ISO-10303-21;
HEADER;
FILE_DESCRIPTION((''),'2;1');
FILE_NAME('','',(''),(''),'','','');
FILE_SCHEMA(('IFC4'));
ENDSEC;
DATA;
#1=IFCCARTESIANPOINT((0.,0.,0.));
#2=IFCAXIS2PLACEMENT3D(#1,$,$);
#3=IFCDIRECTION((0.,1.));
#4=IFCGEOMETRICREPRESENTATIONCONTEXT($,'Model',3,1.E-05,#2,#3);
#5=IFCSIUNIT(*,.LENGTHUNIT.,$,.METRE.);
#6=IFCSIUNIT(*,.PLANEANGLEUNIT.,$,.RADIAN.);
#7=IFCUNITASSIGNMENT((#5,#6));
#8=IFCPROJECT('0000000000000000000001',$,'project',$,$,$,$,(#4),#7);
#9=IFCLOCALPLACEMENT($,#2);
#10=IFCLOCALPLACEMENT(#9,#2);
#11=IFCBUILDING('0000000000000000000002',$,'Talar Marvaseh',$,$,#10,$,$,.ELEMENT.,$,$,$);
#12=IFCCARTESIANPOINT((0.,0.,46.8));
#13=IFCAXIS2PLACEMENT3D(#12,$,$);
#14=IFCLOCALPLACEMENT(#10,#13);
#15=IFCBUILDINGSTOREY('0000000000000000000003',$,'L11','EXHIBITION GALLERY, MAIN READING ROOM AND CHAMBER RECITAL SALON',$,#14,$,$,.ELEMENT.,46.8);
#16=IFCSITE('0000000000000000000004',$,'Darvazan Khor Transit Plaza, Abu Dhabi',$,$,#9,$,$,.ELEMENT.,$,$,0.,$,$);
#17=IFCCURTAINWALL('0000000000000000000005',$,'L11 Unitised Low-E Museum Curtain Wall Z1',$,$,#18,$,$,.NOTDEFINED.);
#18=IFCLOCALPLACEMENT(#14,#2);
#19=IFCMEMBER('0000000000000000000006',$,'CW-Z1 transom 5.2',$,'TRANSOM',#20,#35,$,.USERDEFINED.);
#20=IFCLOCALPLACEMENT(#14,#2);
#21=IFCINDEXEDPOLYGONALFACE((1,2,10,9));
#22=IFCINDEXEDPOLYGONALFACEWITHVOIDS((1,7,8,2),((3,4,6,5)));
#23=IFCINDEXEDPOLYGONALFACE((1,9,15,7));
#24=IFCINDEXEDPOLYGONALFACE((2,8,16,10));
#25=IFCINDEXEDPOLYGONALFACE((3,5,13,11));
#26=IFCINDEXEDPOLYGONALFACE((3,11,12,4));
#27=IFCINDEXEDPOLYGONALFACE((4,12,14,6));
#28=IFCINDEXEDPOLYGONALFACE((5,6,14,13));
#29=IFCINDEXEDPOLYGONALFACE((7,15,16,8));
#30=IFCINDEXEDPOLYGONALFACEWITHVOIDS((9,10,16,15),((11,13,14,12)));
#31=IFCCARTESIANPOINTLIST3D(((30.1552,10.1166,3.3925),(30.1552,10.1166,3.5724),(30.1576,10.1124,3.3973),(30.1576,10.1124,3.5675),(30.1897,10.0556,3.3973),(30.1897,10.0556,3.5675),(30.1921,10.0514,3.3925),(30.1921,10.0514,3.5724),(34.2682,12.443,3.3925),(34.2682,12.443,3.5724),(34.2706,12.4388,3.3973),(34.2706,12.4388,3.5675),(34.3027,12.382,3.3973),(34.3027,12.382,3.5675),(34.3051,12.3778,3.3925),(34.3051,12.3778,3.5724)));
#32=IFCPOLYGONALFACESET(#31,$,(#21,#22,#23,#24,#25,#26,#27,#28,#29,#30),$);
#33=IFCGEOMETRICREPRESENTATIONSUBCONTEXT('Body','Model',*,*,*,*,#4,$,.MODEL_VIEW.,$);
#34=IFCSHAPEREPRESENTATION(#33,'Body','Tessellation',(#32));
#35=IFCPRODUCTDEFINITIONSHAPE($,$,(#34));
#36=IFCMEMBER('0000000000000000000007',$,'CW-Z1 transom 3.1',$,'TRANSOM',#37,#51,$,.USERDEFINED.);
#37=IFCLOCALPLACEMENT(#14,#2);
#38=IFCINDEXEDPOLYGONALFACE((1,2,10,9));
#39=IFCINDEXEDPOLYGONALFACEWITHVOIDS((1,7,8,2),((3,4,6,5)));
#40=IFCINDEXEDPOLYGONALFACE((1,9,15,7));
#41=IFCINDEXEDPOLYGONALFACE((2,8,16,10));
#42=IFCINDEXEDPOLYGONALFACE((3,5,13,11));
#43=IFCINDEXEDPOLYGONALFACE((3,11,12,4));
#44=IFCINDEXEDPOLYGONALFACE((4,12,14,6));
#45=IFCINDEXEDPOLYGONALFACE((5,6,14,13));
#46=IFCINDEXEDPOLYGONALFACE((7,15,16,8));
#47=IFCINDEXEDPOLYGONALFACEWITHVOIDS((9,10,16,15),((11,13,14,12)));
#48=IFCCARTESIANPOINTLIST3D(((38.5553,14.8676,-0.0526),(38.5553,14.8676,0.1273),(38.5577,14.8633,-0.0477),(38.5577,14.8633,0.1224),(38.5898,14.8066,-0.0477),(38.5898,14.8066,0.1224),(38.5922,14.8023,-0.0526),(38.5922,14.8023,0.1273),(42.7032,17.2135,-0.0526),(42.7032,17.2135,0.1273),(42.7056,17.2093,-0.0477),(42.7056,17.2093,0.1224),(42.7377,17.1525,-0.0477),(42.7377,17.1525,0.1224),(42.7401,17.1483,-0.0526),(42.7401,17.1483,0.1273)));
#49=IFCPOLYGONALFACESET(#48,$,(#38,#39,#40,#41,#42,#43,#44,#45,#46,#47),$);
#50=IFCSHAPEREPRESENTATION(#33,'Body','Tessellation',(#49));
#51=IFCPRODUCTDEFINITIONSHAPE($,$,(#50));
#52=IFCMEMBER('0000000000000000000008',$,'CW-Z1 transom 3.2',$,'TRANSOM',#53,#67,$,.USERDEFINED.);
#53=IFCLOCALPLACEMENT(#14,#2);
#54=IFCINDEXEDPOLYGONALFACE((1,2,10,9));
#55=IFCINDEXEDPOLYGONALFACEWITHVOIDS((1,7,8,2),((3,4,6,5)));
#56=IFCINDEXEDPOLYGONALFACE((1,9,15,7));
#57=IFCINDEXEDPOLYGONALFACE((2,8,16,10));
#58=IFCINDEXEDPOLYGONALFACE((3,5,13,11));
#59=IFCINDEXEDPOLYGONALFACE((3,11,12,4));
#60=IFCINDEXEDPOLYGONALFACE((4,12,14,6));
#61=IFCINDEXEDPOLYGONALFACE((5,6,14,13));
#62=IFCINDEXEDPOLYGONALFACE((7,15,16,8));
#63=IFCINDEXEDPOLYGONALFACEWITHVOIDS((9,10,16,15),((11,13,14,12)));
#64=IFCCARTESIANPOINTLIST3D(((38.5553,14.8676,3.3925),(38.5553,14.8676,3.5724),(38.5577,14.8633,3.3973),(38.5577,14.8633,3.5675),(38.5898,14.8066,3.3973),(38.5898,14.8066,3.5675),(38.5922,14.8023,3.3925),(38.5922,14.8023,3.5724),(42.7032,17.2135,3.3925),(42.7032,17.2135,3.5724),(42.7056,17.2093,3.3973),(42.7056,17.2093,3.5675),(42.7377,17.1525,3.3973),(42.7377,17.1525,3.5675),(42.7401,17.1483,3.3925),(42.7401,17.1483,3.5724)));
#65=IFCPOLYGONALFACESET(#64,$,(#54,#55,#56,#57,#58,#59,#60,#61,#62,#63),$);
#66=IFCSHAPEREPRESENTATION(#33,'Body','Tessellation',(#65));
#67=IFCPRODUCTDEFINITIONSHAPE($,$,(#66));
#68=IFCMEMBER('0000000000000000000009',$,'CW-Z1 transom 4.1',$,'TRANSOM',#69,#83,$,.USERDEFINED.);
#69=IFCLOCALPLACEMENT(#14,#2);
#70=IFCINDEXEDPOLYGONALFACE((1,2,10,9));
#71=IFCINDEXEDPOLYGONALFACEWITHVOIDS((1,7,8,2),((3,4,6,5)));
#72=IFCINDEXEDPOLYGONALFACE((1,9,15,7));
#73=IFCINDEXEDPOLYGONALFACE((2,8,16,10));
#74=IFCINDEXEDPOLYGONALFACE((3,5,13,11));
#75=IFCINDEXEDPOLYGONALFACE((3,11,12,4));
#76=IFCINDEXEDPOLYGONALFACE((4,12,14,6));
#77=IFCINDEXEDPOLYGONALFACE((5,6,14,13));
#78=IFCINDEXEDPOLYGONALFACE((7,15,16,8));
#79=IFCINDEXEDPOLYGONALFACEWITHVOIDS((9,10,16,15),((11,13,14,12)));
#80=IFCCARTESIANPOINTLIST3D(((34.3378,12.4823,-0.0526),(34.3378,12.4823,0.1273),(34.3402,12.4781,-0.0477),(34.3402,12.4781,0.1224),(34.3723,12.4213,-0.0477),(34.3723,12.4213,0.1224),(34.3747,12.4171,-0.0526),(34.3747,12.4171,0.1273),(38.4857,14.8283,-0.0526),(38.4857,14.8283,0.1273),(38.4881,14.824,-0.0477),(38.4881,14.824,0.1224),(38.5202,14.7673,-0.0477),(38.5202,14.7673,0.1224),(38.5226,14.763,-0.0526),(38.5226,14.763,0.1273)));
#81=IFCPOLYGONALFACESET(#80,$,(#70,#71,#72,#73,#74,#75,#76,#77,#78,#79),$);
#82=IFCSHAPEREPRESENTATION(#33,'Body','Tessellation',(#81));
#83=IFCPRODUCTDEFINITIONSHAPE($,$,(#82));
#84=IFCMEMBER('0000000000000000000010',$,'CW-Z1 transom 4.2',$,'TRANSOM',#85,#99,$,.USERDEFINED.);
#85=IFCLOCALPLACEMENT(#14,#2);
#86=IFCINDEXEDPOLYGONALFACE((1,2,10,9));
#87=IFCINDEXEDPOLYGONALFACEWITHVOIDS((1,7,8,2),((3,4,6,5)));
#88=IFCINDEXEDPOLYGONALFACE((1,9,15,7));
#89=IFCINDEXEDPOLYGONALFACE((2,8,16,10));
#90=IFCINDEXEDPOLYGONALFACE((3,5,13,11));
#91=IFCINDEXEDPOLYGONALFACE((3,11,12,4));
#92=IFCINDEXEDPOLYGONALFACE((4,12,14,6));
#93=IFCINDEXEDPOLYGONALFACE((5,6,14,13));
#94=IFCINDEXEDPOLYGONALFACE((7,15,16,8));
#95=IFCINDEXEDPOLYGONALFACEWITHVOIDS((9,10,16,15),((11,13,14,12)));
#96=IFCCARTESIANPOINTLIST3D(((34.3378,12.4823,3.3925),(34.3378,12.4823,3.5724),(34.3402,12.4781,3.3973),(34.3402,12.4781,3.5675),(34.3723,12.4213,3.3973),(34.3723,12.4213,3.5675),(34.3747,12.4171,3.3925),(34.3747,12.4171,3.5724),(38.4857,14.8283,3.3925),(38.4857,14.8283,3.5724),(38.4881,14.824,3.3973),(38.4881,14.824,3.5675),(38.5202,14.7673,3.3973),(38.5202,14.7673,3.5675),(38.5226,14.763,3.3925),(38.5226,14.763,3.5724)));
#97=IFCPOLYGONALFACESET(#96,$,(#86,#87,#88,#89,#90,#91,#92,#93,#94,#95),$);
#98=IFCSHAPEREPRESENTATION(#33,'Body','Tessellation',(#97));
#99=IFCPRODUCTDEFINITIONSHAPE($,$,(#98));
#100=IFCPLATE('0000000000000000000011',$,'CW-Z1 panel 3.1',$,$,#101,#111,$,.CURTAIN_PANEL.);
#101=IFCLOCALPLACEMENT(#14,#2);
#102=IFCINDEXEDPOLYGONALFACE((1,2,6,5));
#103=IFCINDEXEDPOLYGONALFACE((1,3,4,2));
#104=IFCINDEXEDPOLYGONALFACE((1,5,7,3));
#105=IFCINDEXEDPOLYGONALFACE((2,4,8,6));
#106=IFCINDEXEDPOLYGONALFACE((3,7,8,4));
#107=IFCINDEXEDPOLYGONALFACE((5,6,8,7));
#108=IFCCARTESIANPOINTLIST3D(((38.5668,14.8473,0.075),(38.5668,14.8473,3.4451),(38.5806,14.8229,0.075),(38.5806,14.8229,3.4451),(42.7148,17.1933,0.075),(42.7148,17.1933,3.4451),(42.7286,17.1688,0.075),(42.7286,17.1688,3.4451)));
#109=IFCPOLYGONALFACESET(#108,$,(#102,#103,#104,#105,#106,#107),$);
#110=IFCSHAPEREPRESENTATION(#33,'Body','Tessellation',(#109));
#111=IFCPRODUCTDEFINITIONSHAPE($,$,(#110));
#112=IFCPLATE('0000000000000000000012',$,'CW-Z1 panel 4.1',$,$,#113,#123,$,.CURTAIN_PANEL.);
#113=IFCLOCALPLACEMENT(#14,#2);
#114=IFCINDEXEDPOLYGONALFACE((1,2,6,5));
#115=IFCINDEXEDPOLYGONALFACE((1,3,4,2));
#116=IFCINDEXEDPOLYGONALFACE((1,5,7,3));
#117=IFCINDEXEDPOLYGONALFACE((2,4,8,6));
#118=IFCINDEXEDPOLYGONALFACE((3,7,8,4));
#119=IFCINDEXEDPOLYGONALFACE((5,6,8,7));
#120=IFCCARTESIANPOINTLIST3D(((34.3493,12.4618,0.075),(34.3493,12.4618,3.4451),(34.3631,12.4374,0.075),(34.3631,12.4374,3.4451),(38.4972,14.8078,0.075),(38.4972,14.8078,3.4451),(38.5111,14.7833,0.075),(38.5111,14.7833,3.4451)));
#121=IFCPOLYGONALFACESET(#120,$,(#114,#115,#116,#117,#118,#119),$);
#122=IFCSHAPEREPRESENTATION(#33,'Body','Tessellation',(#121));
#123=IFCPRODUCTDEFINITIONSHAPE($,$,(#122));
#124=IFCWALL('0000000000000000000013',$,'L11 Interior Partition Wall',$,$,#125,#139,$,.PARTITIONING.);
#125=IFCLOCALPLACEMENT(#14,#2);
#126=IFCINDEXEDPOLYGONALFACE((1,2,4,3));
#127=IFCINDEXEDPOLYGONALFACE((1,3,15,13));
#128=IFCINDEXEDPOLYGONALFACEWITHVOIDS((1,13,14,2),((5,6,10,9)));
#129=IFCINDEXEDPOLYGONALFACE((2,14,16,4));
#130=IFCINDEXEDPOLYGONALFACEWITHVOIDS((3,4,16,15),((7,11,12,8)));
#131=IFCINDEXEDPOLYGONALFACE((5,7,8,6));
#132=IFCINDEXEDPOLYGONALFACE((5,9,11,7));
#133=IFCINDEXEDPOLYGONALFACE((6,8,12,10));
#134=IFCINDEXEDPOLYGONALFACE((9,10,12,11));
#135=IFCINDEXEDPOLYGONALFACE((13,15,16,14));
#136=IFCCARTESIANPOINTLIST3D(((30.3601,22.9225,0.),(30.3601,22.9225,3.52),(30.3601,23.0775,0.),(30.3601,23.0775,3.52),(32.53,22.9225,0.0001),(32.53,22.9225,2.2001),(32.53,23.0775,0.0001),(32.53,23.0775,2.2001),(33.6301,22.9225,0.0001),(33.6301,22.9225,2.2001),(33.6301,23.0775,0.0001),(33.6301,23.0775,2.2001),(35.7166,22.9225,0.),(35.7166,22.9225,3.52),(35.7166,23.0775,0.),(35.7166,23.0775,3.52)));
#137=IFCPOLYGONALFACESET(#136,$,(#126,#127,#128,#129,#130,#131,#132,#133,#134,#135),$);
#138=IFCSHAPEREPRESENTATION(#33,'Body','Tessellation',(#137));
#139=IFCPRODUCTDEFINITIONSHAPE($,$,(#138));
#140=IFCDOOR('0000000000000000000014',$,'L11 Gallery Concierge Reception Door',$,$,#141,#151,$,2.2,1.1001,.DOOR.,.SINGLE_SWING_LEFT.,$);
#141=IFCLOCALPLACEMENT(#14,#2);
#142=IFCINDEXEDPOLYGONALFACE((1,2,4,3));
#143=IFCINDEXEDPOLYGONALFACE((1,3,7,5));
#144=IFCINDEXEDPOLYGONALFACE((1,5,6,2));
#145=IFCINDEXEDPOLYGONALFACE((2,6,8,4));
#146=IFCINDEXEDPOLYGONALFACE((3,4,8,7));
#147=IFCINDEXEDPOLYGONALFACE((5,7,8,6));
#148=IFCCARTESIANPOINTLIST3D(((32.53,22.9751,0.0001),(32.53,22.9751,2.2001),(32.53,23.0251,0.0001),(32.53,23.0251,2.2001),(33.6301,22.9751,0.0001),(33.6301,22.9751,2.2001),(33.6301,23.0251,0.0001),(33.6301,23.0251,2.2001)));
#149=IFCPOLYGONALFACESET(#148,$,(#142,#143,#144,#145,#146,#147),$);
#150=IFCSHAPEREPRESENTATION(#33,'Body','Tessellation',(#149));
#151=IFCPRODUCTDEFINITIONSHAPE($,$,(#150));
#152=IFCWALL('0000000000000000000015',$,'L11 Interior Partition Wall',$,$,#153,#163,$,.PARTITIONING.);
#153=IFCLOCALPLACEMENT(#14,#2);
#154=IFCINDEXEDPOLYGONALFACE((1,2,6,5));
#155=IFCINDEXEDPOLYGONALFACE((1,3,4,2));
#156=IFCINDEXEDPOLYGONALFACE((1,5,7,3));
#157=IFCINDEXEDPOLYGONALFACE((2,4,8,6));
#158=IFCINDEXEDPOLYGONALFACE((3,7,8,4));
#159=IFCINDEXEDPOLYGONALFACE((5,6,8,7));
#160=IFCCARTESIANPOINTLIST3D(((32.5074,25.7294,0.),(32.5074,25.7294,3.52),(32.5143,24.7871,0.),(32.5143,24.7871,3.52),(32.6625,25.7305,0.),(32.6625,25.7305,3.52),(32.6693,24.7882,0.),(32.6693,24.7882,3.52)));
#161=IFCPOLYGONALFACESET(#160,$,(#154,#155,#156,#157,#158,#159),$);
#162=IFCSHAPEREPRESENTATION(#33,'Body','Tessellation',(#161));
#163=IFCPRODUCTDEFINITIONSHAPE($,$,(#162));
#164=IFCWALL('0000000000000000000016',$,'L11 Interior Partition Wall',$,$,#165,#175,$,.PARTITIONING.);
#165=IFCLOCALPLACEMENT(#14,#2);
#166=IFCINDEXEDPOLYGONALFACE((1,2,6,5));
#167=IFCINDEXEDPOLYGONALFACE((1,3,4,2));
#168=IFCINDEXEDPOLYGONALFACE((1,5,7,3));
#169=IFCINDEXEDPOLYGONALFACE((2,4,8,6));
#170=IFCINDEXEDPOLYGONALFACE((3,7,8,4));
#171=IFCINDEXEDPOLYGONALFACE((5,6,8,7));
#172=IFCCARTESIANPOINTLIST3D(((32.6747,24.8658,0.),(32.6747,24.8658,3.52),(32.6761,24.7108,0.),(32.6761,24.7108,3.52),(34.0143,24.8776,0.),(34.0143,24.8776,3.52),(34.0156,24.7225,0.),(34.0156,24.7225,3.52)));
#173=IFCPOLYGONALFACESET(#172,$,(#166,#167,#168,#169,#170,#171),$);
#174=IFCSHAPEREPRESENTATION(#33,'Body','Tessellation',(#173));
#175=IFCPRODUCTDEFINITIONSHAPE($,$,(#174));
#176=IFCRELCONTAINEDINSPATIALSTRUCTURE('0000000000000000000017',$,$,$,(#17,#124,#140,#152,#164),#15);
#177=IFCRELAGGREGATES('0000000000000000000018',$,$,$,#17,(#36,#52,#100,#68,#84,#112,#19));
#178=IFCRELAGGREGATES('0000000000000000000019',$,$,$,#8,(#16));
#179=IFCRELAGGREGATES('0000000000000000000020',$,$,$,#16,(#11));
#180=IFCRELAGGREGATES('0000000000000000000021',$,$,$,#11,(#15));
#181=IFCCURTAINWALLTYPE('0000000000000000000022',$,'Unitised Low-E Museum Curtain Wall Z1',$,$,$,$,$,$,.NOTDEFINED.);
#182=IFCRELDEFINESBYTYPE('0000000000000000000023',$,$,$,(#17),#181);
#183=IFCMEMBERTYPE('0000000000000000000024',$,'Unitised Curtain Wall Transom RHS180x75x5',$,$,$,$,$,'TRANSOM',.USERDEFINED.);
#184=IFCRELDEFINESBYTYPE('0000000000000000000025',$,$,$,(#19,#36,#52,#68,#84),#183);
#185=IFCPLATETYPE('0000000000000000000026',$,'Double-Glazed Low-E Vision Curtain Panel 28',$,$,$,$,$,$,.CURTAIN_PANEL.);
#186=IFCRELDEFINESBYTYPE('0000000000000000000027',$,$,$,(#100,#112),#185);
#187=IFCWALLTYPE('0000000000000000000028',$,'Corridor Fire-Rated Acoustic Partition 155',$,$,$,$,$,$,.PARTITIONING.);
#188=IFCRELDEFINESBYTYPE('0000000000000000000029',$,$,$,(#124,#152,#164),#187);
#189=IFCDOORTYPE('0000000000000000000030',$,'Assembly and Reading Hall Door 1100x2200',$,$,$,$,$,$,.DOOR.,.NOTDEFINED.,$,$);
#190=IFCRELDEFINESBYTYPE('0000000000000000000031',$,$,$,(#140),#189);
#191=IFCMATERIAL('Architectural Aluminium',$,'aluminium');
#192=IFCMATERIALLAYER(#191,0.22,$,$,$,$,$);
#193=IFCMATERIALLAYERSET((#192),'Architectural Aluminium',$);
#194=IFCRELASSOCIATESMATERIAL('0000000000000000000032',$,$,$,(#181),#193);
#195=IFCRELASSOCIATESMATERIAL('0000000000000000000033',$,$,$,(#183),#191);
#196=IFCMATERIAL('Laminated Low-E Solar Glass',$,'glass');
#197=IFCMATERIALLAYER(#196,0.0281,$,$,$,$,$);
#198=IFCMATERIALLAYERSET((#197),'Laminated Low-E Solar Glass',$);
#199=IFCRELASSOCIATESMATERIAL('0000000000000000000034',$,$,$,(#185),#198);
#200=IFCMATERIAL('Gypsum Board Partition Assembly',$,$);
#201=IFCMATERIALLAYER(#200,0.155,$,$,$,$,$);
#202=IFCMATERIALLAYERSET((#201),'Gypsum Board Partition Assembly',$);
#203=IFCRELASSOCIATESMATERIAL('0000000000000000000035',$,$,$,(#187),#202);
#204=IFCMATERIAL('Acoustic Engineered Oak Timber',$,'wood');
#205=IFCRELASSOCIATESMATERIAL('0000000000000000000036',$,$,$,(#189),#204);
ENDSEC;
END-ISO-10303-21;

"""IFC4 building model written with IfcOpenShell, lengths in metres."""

from ifc_helpers import new_model, si_unit, direction, frame, frame_2d, origin, origin_2d, place, context, subcontext, project, spatial, rectangle, hollow_rectangle, extrude, source, transform, mapped, material, layer, layer_set, material_profile, profile_set, type_object, type_shapes, element, fill, aggregate, save


model = new_model("IFC4")

# Units and contexts
model_context = context("Model", 3, precision=1e-05, world=origin(), true_north=direction((0.0, 1.0)))
body_context = subcontext(model_context, "Body", "Model", "MODEL_VIEW")
ifc_project = project(units=[si_unit("LENGTHUNIT", "METRE"), si_unit("PLANEANGLEUNIT", "RADIAN")], contexts=[model_context])

# Site, building, storey
site_placement = place(None, origin())
site = spatial("IfcSite", under=ifc_project, at=site_placement, Name="Darvazan Khor Transit Plaza, Abu Dhabi", CompositionType="ELEMENT", RefElevation=0.0)
building_placement = place(site_placement, origin())
building = spatial("IfcBuilding", under=site, at=building_placement, Name="Talar Marvaseh", CompositionType="ELEMENT")
storey_placement = place(building_placement, frame((0.0, 0.0, 46.8)))
storey = spatial("IfcBuildingStorey", under=building, at=storey_placement, Name="L11", Description="EXHIBITION GALLERY, MAIN READING ROOM AND CHAMBER RECITAL SALON", CompositionType="ELEMENT", Elevation=46.8)

# Curtain wall, members, plates
ifc_material_1 = material(Name="Architectural Aluminium", Category="aluminium")
ifc_layer_1 = layer(ifc_material_1, 0.22)
ifc_layer_set_1 = layer_set([ifc_layer_1], Name="Architectural Aluminium")
curtain_wall_type = type_object("IfcCurtainWallType", Name="Unitised Low-E Museum Curtain Wall Z1", PredefinedType="NOTDEFINED", material=ifc_layer_set_1)
curtain_wall_placement = place(storey_placement, origin())
curtain_wall = element("IfcCurtainWall", 1, at=curtain_wall_placement, inside=storey, type_object=curtain_wall_type, Name="L11 Unitised Low-E Museum Curtain Wall Z1", PredefinedType="NOTDEFINED")
ifc_material_profile_1 = material_profile(ifc_material_1, hollow_rectangle(XDim=0.075, YDim=0.1799, WallThickness=0.0049, at=origin_2d()), Name="RHS180x75x5")
ifc_profile_set_1 = profile_set([ifc_material_profile_1], Name="Architectural Aluminium")
member_type_1 = type_object("IfcMemberType", Name="Unitised Curtain Wall Transom RHS180x75x5", ElementType="TRANSOM", PredefinedType="USERDEFINED", material=ifc_profile_set_1)
shared_shape_1 = source(origin(), body_context, "Body", "SweptSolid", [
    extrude(hollow_rectangle(XDim=0.075, YDim=0.1799, WallThickness=0.0049, at=origin_2d()), origin(), (0.0, 0.0, 1.0), 4.7253),
])
member_1_placement = place(storey_placement, frame((34.2866, 12.4104, 3.4824), z_axis=(-0.870413, -0.492323, 0.0), x_axis=(0.492323, -0.870413, 0.0)))
member_1 = element("IfcMember", 2, at=member_1_placement, type_object=member_type_1, Name="CW-Z1 transom 5.2", ObjectType="TRANSOM", PredefinedType="USERDEFINED", context=body_context, shape_type="MappedRepresentation", body=[
    mapped(shared_shape_1, transform((0.0, 0.0, 0.0), x_axis=(1.0, 0.0, 0.0), y_axis=(0.0, 1.0, 0.0), z_axis=(0.0, 0.0, 1.0), scale=1.0)),
])
shared_shape_2 = source(origin(), body_context, "Body", "SweptSolid", [
    extrude(hollow_rectangle(XDim=0.075, YDim=0.1799, WallThickness=0.0049, at=origin_2d()), origin(), (0.0, 0.0, 1.0), 4.7654),
])
type_shapes(member_type_1, [shared_shape_1, shared_shape_2])
member_2_placement = place(storey_placement, frame((42.7217, 17.1809, 0.0374), z_axis=(-0.870432, -0.492289, 0.0), x_axis=(0.492289, -0.870432, 0.0)))
member_2 = element("IfcMember", 3, at=member_2_placement, type_object=member_type_1, Name="CW-Z1 transom 3.1", ObjectType="TRANSOM", PredefinedType="USERDEFINED", context=body_context, shape_type="MappedRepresentation", body=[
    mapped(shared_shape_2, transform((0.0, 0.0, 0.0), x_axis=(1.0, 0.0, 0.0), y_axis=(0.0, 1.0, 0.0), z_axis=(0.0, 0.0, 1.0), scale=1.0)),
])
member_3_placement = place(storey_placement, frame((42.7217, 17.1809, 3.4824), z_axis=(-0.870432, -0.492289, 0.0), x_axis=(0.492289, -0.870432, 0.0)))
member_3 = element("IfcMember", 4, at=member_3_placement, type_object=member_type_1, Name="CW-Z1 transom 3.2", ObjectType="TRANSOM", PredefinedType="USERDEFINED", context=body_context, shape_type="MappedRepresentation", body=[
    mapped(shared_shape_2, transform((0.0, 0.0, 0.0), x_axis=(1.0, 0.0, 0.0), y_axis=(0.0, 1.0, 0.0), z_axis=(0.0, 0.0, 1.0), scale=1.0)),
])
member_4_placement = place(storey_placement, frame((38.5042, 14.7957, 0.0374), z_axis=(-0.870432, -0.492289, 0.0), x_axis=(0.492289, -0.870432, 0.0)))
member_4 = element("IfcMember", 5, at=member_4_placement, type_object=member_type_1, Name="CW-Z1 transom 4.1", ObjectType="TRANSOM", PredefinedType="USERDEFINED", context=body_context, shape_type="MappedRepresentation", body=[
    mapped(shared_shape_2, transform((0.0, 0.0, 0.0), x_axis=(1.0, 0.0, 0.0), y_axis=(0.0, 1.0, 0.0), z_axis=(0.0, 0.0, 1.0), scale=1.0)),
])
member_5_placement = place(storey_placement, frame((38.5042, 14.7957, 3.4824), z_axis=(-0.870432, -0.492289, 0.0), x_axis=(0.492289, -0.870432, 0.0)))
member_5 = element("IfcMember", 6, at=member_5_placement, type_object=member_type_1, Name="CW-Z1 transom 4.2", ObjectType="TRANSOM", PredefinedType="USERDEFINED", context=body_context, shape_type="MappedRepresentation", body=[
    mapped(shared_shape_2, transform((0.0, 0.0, 0.0), x_axis=(1.0, 0.0, 0.0), y_axis=(0.0, 1.0, 0.0), z_axis=(0.0, 0.0, 1.0), scale=1.0)),
])
ifc_material_2 = material(Name="Laminated Low-E Solar Glass", Category="glass")
ifc_layer_2 = layer(ifc_material_2, 0.0281)
ifc_layer_set_2 = layer_set([ifc_layer_2], Name="Laminated Low-E Solar Glass")
plate_type = type_object("IfcPlateType", Name="Double-Glazed Low-E Vision Curtain Panel 28", PredefinedType="CURTAIN_PANEL", material=ifc_layer_set_2)
shared_shape_3 = source(origin(), body_context, "Body", "SweptSolid", [
    extrude(rectangle(XDim=4.7654, YDim=0.0281, at=origin_2d()), origin(), (0.0, 0.0, 1.0), 3.3701),
])
type_shapes(plate_type, [shared_shape_3])
plate_1_placement = place(storey_placement, frame((40.6477, 16.0081, 0.075), z_axis=(0.0, 0.0, 1.0), x_axis=(-0.870431, -0.492291, 0.0)))
plate_1 = element("IfcPlate", 7, at=plate_1_placement, type_object=plate_type, Name="CW-Z1 panel 3.1", PredefinedType="CURTAIN_PANEL", context=body_context, shape_type="MappedRepresentation", body=[
    mapped(shared_shape_3, transform((0.0, 0.0, 0.0), x_axis=(1.0, 0.0, 0.0), y_axis=(0.0, 1.0, 0.0), z_axis=(0.0, 0.0, 1.0), scale=1.0)),
])
plate_2_placement = place(storey_placement, frame((36.4302, 13.6226, 0.075), z_axis=(0.0, 0.0, 1.0), x_axis=(-0.870431, -0.492291, 0.0)))
plate_2 = element("IfcPlate", 8, at=plate_2_placement, type_object=plate_type, Name="CW-Z1 panel 4.1", PredefinedType="CURTAIN_PANEL", context=body_context, shape_type="MappedRepresentation", body=[
    mapped(shared_shape_3, transform((0.0, 0.0, 0.0), x_axis=(1.0, 0.0, 0.0), y_axis=(0.0, 1.0, 0.0), z_axis=(0.0, 0.0, 1.0), scale=1.0)),
])
aggregate(curtain_wall, [member_2, member_3, plate_1, member_4, member_5, plate_2, member_1])

# Wall, opening, door
ifc_material_3 = material(Name="Gypsum Board Partition Assembly")
ifc_layer_3 = layer(ifc_material_3, 0.155)
ifc_layer_set_3 = layer_set([ifc_layer_3], Name="Gypsum Board Partition Assembly")
wall_type_1 = type_object("IfcWallType", Name="Corridor Fire-Rated Acoustic Partition 155", PredefinedType="PARTITIONING", material=ifc_layer_set_3)
wall_1_placement = place(storey_placement, frame((35.7166, 23.0, 0.0), z_axis=(0.0, 0.0, 1.0), x_axis=(-1.0, 0.0, 0.0)))
wall_1 = element("IfcWall", 9, at=wall_1_placement, inside=storey, type_object=wall_type_1, Name="L11 Interior Partition Wall", PredefinedType="PARTITIONING", context=body_context, shape_type="SweptSolid", body=[
    extrude(rectangle(XDim=5.3564, YDim=0.155, at=frame_2d((2.6782, 0.0))), origin(), (0.0, 0.0, 1.0), 3.52),
])
opening_1_placement = place(wall_1_placement, frame((2.0864, 0.0, 0.0)))
opening_1 = element("IfcOpeningElement", 10, at=opening_1_placement, cuts=wall_1, PredefinedType="OPENING", context=body_context, shape_type="SweptSolid", body=[
    extrude(rectangle(XDim=1.1001, YDim=2.2, at=frame_2d((0.55, 1.1001))), frame((0.0, 0.0874, 0.0), z_axis=(0.0, -1.0, 0.0), x_axis=(1.0, 0.0, 0.0)), (0.0, 0.0, 1.0), 0.175),
])
ifc_material_4 = material(Name="Acoustic Engineered Oak Timber", Category="wood")
door_type_1 = type_object("IfcDoorType", Name="Assembly and Reading Hall Door 1100x2200", OperationType="NOTDEFINED", PredefinedType="DOOR", material=ifc_material_4)
shared_shape_4 = source(origin(), body_context, "Body", "SweptSolid", [
    extrude(rectangle(XDim=1.1001, YDim=2.2, at=frame_2d((0.55, 1.1001))), frame((0.0, 0.0249, 0.0), z_axis=(0.0, -1.0, 0.0), x_axis=(1.0, 0.0, 0.0)), (0.0, 0.0, 1.0), 0.05),
])
type_shapes(door_type_1, [shared_shape_4])
door_1_placement = place(opening_1_placement, origin())
door_1 = element("IfcDoor", 11, at=door_1_placement, inside=storey, type_object=door_type_1, Name="L11 Gallery Concierge Reception Door", OperationType="SINGLE_SWING_LEFT", OverallHeight=2.2, OverallWidth=1.1001, PredefinedType="DOOR", context=body_context, shape_type="MappedRepresentation", body=[
    mapped(shared_shape_4, transform((0.0, 0.0, 0.0), x_axis=(1.0, 0.0, 0.0), y_axis=(0.0, 1.0, 0.0), z_axis=(0.0, 0.0, 1.0), scale=1.0)),
])
fill(opening_1, door_1)

# Walls
wall_2_placement = place(storey_placement, frame((32.585, 25.73, 0.0), z_axis=(0.0, 0.0, 1.0), x_axis=(0.007254, -0.999974, 0.0)))
element("IfcWall", 12, at=wall_2_placement, inside=storey, type_object=wall_type_1, Name="L11 Interior Partition Wall", PredefinedType="PARTITIONING", context=body_context, shape_type="SweptSolid", body=[
    extrude(rectangle(XDim=0.9424, YDim=0.155, at=frame_2d((0.4712, 0.0))), origin(), (0.0, 0.0, 1.0), 3.52),
])
wall_3_placement = place(storey_placement, frame((32.6753, 24.7883, 0.0), z_axis=(0.0, 0.0, 1.0), x_axis=(0.999962, 0.008748, 0.0)))
element("IfcWall", 13, at=wall_3_placement, inside=storey, type_object=wall_type_1, Name="L11 Interior Partition Wall", PredefinedType="PARTITIONING", context=body_context, shape_type="SweptSolid", body=[
    extrude(rectangle(XDim=1.3396, YDim=0.155, at=frame_2d((0.6699, 0.0))), origin(), (0.0, 0.0, 1.0), 3.52),
])

save(model, "model.ifc")
